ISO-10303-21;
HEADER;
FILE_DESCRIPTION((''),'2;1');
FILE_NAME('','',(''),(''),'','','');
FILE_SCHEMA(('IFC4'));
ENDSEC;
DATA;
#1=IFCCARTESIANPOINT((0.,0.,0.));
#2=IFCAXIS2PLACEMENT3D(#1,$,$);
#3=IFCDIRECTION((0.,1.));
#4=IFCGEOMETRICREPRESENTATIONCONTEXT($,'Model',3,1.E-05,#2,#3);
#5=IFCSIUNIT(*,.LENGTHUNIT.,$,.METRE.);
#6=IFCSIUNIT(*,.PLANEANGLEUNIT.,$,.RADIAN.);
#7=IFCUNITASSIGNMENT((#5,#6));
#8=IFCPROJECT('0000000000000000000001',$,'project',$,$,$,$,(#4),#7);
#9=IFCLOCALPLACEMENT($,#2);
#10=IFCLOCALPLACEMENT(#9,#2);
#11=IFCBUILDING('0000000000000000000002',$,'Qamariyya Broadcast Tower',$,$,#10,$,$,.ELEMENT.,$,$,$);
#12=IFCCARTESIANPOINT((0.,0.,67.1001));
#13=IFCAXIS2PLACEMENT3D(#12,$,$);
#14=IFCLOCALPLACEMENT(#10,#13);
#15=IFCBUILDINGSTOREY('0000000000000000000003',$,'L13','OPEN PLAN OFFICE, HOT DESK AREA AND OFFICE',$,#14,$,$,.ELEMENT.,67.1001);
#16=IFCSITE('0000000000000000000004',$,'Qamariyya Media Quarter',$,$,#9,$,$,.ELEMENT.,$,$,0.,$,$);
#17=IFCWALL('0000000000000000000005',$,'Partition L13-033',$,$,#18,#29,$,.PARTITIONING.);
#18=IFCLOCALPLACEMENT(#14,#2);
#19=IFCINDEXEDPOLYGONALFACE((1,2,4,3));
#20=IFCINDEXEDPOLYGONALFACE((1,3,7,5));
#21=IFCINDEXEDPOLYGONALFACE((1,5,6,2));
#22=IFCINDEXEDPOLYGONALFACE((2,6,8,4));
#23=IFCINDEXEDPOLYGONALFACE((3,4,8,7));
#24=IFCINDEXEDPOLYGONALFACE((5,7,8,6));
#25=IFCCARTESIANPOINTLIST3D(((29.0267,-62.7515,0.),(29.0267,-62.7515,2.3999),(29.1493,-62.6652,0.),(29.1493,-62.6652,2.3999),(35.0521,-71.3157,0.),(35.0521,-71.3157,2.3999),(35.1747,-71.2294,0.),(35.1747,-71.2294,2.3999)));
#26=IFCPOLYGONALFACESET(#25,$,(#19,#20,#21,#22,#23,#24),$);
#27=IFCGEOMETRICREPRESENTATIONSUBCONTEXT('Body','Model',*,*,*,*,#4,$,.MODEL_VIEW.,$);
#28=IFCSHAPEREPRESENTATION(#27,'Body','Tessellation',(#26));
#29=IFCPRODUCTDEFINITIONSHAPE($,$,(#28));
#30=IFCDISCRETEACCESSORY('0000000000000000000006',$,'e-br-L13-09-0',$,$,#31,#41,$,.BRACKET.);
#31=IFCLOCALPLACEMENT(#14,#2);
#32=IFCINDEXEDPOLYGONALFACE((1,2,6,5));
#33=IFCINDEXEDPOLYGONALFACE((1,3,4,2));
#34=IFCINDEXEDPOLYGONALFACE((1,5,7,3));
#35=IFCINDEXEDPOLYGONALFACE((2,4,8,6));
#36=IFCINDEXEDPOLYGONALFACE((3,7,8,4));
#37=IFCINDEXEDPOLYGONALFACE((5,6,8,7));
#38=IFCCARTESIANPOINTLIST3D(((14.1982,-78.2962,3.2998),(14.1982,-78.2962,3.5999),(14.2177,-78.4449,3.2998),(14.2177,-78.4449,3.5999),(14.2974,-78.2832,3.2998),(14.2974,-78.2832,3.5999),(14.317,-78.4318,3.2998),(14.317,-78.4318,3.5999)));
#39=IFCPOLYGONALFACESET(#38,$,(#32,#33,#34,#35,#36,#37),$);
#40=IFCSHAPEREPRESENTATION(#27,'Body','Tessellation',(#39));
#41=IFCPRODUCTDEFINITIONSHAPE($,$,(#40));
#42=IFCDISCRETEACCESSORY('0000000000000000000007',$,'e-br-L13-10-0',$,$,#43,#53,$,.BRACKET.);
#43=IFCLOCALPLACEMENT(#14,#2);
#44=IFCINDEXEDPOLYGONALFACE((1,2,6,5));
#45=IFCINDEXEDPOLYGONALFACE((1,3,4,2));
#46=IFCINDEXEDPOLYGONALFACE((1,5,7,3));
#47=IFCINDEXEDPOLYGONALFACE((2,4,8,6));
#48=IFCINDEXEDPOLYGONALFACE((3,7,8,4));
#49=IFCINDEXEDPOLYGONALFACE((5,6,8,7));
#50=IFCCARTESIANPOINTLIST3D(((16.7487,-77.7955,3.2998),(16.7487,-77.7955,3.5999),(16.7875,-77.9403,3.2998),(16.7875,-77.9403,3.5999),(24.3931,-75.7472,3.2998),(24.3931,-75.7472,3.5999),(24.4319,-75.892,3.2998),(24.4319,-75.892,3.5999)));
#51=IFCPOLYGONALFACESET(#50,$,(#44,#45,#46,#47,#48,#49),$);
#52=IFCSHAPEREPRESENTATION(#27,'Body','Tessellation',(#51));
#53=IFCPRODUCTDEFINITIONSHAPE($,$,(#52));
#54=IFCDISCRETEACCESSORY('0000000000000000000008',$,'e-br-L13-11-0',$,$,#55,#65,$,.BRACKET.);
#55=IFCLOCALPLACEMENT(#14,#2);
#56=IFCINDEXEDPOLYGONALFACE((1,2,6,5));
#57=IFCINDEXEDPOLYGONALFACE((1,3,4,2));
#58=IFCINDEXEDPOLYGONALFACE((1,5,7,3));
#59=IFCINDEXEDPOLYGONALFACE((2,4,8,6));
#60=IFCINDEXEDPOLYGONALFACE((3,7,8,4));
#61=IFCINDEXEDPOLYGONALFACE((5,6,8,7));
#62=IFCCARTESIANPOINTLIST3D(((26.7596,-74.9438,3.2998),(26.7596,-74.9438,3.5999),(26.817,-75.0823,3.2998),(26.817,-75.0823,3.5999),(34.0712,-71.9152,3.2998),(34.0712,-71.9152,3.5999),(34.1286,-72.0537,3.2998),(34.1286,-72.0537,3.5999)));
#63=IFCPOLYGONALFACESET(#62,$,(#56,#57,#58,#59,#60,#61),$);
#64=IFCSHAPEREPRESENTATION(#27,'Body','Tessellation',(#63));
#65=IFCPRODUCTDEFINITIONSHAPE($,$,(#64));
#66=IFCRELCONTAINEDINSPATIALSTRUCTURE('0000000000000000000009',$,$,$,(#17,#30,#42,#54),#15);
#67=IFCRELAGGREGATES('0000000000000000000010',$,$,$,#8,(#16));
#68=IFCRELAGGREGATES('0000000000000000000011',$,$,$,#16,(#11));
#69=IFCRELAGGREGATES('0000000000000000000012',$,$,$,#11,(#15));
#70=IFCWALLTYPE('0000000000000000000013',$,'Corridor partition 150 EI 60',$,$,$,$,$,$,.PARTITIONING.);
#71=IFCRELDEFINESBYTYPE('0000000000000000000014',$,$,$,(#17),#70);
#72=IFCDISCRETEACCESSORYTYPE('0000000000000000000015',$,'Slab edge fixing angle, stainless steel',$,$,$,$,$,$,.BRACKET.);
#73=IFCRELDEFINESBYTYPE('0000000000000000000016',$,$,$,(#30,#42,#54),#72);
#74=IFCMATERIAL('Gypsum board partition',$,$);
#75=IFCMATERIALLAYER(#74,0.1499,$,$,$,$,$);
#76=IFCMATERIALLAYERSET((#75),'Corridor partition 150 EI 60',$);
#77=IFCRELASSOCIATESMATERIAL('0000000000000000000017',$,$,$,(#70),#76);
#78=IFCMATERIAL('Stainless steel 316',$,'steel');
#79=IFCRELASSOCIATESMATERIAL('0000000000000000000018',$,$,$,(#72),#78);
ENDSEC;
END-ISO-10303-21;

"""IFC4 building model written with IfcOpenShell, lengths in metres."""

from ifc_helpers import new_model, si_unit, direction, frame, frame_2d, origin, origin_2d, place, context, subcontext, project, spatial, rectangle, extrude, material, layer, layer_set, type_object, element, save


model = new_model("IFC4")

# Units and contexts
model_context = context("Model", 3, precision=1e-05, world=origin(), true_north=direction((0.0, 1.0)))
body_context = subcontext(model_context, "Body", "Model", "MODEL_VIEW")
ifc_project = project(units=[si_unit("LENGTHUNIT", "METRE"), si_unit("PLANEANGLEUNIT", "RADIAN")], contexts=[model_context])

# Site, building, storey
site_placement = place(None, origin())
site = spatial("IfcSite", under=ifc_project, at=site_placement, Name="Qamariyya Media Quarter", CompositionType="ELEMENT", RefElevation=0.0)
building_placement = place(site_placement, origin())
building = spatial("IfcBuilding", under=site, at=building_placement, Name="Qamariyya Broadcast Tower", CompositionType="ELEMENT")
storey_placement = place(building_placement, frame((0.0, 0.0, 67.1001)))
storey = spatial("IfcBuildingStorey", under=building, at=storey_placement, Name="L13", Description="OPEN PLAN OFFICE, HOT DESK AREA AND OFFICE", CompositionType="ELEMENT", Elevation=67.1001)

# Shared definitions
ifc_material_1 = material(Name="Gypsum board partition")
ifc_layer_1 = layer(ifc_material_1, 0.1499)
ifc_layer_set_1 = layer_set([ifc_layer_1], Name="Corridor partition 150 EI 60")
wall_type_1 = type_object("IfcWallType", Name="Corridor partition 150 EI 60", PredefinedType="PARTITIONING", material=ifc_layer_set_1)

# Wall
wall_1_placement = place(storey_placement, frame((29.0879, -62.7083, 0.0), z_axis=(0.0, 0.0, 1.0), x_axis=(0.575412, -0.817864, 0.0)))
element("IfcWall", 1, at=wall_1_placement, inside=storey, type_object=wall_type_1, Name="Partition L13-033", PredefinedType="PARTITIONING", context=body_context, shape_type="SweptSolid", body=[
    extrude(rectangle(XDim=10.4714, YDim=0.1499, at=frame_2d((5.2358, 0.0))), origin(), (0.0, 0.0, 1.0), 2.3999),
])

# Discrete accessories
ifc_material_2 = material(Name="Stainless steel 316", Category="steel")
discrete_accessory_type = type_object("IfcDiscreteAccessoryType", Name="Slab edge fixing angle, stainless steel", PredefinedType="BRACKET", material=ifc_material_2)
discrete_accessory_placement = place(storey_placement, frame((14.2576, -78.364, 3.2998), z_axis=(0.0, 0.0, 1.0), x_axis=(0.991445, 0.130526, 0.0)))
element("IfcDiscreteAccessory", 2, at=discrete_accessory_placement, inside=storey, type_object=discrete_accessory_type, Name="e-br-L13-09-0", PredefinedType="BRACKET", context=body_context, shape_type="SweptSolid", body=[
    extrude(rectangle(XDim=0.1001, YDim=0.1499, at=origin_2d()), origin(), (0.0, 0.0, 1.0), 0.3),
])
for number, where, z_axis, x_axis, name in (
    (3, (20.5903, -76.8438, 3.2998), (0.0, 0.0, 1.0), (0.965926, 0.258819, 0.0), "e-br-L13-10-0"),
    (4, (30.4441, -73.4988, 3.2998), (0.0, 0.0, 1.0), (0.92388, 0.382683, 0.0), "e-br-L13-11-0"),
):
    element("IfcDiscreteAccessory", number, at=place(storey_placement, frame(where, z_axis=z_axis, x_axis=x_axis)), inside=storey, type_object=discrete_accessory_type, Name=name, PredefinedType="BRACKET", context=body_context, shape_type="SweptSolid", body=[
        extrude(rectangle(XDim=7.9141, YDim=0.1499, at=origin_2d()), origin(), (0.0, 0.0, 1.0), 0.3),
    ])

save(model, "model.ifc")
